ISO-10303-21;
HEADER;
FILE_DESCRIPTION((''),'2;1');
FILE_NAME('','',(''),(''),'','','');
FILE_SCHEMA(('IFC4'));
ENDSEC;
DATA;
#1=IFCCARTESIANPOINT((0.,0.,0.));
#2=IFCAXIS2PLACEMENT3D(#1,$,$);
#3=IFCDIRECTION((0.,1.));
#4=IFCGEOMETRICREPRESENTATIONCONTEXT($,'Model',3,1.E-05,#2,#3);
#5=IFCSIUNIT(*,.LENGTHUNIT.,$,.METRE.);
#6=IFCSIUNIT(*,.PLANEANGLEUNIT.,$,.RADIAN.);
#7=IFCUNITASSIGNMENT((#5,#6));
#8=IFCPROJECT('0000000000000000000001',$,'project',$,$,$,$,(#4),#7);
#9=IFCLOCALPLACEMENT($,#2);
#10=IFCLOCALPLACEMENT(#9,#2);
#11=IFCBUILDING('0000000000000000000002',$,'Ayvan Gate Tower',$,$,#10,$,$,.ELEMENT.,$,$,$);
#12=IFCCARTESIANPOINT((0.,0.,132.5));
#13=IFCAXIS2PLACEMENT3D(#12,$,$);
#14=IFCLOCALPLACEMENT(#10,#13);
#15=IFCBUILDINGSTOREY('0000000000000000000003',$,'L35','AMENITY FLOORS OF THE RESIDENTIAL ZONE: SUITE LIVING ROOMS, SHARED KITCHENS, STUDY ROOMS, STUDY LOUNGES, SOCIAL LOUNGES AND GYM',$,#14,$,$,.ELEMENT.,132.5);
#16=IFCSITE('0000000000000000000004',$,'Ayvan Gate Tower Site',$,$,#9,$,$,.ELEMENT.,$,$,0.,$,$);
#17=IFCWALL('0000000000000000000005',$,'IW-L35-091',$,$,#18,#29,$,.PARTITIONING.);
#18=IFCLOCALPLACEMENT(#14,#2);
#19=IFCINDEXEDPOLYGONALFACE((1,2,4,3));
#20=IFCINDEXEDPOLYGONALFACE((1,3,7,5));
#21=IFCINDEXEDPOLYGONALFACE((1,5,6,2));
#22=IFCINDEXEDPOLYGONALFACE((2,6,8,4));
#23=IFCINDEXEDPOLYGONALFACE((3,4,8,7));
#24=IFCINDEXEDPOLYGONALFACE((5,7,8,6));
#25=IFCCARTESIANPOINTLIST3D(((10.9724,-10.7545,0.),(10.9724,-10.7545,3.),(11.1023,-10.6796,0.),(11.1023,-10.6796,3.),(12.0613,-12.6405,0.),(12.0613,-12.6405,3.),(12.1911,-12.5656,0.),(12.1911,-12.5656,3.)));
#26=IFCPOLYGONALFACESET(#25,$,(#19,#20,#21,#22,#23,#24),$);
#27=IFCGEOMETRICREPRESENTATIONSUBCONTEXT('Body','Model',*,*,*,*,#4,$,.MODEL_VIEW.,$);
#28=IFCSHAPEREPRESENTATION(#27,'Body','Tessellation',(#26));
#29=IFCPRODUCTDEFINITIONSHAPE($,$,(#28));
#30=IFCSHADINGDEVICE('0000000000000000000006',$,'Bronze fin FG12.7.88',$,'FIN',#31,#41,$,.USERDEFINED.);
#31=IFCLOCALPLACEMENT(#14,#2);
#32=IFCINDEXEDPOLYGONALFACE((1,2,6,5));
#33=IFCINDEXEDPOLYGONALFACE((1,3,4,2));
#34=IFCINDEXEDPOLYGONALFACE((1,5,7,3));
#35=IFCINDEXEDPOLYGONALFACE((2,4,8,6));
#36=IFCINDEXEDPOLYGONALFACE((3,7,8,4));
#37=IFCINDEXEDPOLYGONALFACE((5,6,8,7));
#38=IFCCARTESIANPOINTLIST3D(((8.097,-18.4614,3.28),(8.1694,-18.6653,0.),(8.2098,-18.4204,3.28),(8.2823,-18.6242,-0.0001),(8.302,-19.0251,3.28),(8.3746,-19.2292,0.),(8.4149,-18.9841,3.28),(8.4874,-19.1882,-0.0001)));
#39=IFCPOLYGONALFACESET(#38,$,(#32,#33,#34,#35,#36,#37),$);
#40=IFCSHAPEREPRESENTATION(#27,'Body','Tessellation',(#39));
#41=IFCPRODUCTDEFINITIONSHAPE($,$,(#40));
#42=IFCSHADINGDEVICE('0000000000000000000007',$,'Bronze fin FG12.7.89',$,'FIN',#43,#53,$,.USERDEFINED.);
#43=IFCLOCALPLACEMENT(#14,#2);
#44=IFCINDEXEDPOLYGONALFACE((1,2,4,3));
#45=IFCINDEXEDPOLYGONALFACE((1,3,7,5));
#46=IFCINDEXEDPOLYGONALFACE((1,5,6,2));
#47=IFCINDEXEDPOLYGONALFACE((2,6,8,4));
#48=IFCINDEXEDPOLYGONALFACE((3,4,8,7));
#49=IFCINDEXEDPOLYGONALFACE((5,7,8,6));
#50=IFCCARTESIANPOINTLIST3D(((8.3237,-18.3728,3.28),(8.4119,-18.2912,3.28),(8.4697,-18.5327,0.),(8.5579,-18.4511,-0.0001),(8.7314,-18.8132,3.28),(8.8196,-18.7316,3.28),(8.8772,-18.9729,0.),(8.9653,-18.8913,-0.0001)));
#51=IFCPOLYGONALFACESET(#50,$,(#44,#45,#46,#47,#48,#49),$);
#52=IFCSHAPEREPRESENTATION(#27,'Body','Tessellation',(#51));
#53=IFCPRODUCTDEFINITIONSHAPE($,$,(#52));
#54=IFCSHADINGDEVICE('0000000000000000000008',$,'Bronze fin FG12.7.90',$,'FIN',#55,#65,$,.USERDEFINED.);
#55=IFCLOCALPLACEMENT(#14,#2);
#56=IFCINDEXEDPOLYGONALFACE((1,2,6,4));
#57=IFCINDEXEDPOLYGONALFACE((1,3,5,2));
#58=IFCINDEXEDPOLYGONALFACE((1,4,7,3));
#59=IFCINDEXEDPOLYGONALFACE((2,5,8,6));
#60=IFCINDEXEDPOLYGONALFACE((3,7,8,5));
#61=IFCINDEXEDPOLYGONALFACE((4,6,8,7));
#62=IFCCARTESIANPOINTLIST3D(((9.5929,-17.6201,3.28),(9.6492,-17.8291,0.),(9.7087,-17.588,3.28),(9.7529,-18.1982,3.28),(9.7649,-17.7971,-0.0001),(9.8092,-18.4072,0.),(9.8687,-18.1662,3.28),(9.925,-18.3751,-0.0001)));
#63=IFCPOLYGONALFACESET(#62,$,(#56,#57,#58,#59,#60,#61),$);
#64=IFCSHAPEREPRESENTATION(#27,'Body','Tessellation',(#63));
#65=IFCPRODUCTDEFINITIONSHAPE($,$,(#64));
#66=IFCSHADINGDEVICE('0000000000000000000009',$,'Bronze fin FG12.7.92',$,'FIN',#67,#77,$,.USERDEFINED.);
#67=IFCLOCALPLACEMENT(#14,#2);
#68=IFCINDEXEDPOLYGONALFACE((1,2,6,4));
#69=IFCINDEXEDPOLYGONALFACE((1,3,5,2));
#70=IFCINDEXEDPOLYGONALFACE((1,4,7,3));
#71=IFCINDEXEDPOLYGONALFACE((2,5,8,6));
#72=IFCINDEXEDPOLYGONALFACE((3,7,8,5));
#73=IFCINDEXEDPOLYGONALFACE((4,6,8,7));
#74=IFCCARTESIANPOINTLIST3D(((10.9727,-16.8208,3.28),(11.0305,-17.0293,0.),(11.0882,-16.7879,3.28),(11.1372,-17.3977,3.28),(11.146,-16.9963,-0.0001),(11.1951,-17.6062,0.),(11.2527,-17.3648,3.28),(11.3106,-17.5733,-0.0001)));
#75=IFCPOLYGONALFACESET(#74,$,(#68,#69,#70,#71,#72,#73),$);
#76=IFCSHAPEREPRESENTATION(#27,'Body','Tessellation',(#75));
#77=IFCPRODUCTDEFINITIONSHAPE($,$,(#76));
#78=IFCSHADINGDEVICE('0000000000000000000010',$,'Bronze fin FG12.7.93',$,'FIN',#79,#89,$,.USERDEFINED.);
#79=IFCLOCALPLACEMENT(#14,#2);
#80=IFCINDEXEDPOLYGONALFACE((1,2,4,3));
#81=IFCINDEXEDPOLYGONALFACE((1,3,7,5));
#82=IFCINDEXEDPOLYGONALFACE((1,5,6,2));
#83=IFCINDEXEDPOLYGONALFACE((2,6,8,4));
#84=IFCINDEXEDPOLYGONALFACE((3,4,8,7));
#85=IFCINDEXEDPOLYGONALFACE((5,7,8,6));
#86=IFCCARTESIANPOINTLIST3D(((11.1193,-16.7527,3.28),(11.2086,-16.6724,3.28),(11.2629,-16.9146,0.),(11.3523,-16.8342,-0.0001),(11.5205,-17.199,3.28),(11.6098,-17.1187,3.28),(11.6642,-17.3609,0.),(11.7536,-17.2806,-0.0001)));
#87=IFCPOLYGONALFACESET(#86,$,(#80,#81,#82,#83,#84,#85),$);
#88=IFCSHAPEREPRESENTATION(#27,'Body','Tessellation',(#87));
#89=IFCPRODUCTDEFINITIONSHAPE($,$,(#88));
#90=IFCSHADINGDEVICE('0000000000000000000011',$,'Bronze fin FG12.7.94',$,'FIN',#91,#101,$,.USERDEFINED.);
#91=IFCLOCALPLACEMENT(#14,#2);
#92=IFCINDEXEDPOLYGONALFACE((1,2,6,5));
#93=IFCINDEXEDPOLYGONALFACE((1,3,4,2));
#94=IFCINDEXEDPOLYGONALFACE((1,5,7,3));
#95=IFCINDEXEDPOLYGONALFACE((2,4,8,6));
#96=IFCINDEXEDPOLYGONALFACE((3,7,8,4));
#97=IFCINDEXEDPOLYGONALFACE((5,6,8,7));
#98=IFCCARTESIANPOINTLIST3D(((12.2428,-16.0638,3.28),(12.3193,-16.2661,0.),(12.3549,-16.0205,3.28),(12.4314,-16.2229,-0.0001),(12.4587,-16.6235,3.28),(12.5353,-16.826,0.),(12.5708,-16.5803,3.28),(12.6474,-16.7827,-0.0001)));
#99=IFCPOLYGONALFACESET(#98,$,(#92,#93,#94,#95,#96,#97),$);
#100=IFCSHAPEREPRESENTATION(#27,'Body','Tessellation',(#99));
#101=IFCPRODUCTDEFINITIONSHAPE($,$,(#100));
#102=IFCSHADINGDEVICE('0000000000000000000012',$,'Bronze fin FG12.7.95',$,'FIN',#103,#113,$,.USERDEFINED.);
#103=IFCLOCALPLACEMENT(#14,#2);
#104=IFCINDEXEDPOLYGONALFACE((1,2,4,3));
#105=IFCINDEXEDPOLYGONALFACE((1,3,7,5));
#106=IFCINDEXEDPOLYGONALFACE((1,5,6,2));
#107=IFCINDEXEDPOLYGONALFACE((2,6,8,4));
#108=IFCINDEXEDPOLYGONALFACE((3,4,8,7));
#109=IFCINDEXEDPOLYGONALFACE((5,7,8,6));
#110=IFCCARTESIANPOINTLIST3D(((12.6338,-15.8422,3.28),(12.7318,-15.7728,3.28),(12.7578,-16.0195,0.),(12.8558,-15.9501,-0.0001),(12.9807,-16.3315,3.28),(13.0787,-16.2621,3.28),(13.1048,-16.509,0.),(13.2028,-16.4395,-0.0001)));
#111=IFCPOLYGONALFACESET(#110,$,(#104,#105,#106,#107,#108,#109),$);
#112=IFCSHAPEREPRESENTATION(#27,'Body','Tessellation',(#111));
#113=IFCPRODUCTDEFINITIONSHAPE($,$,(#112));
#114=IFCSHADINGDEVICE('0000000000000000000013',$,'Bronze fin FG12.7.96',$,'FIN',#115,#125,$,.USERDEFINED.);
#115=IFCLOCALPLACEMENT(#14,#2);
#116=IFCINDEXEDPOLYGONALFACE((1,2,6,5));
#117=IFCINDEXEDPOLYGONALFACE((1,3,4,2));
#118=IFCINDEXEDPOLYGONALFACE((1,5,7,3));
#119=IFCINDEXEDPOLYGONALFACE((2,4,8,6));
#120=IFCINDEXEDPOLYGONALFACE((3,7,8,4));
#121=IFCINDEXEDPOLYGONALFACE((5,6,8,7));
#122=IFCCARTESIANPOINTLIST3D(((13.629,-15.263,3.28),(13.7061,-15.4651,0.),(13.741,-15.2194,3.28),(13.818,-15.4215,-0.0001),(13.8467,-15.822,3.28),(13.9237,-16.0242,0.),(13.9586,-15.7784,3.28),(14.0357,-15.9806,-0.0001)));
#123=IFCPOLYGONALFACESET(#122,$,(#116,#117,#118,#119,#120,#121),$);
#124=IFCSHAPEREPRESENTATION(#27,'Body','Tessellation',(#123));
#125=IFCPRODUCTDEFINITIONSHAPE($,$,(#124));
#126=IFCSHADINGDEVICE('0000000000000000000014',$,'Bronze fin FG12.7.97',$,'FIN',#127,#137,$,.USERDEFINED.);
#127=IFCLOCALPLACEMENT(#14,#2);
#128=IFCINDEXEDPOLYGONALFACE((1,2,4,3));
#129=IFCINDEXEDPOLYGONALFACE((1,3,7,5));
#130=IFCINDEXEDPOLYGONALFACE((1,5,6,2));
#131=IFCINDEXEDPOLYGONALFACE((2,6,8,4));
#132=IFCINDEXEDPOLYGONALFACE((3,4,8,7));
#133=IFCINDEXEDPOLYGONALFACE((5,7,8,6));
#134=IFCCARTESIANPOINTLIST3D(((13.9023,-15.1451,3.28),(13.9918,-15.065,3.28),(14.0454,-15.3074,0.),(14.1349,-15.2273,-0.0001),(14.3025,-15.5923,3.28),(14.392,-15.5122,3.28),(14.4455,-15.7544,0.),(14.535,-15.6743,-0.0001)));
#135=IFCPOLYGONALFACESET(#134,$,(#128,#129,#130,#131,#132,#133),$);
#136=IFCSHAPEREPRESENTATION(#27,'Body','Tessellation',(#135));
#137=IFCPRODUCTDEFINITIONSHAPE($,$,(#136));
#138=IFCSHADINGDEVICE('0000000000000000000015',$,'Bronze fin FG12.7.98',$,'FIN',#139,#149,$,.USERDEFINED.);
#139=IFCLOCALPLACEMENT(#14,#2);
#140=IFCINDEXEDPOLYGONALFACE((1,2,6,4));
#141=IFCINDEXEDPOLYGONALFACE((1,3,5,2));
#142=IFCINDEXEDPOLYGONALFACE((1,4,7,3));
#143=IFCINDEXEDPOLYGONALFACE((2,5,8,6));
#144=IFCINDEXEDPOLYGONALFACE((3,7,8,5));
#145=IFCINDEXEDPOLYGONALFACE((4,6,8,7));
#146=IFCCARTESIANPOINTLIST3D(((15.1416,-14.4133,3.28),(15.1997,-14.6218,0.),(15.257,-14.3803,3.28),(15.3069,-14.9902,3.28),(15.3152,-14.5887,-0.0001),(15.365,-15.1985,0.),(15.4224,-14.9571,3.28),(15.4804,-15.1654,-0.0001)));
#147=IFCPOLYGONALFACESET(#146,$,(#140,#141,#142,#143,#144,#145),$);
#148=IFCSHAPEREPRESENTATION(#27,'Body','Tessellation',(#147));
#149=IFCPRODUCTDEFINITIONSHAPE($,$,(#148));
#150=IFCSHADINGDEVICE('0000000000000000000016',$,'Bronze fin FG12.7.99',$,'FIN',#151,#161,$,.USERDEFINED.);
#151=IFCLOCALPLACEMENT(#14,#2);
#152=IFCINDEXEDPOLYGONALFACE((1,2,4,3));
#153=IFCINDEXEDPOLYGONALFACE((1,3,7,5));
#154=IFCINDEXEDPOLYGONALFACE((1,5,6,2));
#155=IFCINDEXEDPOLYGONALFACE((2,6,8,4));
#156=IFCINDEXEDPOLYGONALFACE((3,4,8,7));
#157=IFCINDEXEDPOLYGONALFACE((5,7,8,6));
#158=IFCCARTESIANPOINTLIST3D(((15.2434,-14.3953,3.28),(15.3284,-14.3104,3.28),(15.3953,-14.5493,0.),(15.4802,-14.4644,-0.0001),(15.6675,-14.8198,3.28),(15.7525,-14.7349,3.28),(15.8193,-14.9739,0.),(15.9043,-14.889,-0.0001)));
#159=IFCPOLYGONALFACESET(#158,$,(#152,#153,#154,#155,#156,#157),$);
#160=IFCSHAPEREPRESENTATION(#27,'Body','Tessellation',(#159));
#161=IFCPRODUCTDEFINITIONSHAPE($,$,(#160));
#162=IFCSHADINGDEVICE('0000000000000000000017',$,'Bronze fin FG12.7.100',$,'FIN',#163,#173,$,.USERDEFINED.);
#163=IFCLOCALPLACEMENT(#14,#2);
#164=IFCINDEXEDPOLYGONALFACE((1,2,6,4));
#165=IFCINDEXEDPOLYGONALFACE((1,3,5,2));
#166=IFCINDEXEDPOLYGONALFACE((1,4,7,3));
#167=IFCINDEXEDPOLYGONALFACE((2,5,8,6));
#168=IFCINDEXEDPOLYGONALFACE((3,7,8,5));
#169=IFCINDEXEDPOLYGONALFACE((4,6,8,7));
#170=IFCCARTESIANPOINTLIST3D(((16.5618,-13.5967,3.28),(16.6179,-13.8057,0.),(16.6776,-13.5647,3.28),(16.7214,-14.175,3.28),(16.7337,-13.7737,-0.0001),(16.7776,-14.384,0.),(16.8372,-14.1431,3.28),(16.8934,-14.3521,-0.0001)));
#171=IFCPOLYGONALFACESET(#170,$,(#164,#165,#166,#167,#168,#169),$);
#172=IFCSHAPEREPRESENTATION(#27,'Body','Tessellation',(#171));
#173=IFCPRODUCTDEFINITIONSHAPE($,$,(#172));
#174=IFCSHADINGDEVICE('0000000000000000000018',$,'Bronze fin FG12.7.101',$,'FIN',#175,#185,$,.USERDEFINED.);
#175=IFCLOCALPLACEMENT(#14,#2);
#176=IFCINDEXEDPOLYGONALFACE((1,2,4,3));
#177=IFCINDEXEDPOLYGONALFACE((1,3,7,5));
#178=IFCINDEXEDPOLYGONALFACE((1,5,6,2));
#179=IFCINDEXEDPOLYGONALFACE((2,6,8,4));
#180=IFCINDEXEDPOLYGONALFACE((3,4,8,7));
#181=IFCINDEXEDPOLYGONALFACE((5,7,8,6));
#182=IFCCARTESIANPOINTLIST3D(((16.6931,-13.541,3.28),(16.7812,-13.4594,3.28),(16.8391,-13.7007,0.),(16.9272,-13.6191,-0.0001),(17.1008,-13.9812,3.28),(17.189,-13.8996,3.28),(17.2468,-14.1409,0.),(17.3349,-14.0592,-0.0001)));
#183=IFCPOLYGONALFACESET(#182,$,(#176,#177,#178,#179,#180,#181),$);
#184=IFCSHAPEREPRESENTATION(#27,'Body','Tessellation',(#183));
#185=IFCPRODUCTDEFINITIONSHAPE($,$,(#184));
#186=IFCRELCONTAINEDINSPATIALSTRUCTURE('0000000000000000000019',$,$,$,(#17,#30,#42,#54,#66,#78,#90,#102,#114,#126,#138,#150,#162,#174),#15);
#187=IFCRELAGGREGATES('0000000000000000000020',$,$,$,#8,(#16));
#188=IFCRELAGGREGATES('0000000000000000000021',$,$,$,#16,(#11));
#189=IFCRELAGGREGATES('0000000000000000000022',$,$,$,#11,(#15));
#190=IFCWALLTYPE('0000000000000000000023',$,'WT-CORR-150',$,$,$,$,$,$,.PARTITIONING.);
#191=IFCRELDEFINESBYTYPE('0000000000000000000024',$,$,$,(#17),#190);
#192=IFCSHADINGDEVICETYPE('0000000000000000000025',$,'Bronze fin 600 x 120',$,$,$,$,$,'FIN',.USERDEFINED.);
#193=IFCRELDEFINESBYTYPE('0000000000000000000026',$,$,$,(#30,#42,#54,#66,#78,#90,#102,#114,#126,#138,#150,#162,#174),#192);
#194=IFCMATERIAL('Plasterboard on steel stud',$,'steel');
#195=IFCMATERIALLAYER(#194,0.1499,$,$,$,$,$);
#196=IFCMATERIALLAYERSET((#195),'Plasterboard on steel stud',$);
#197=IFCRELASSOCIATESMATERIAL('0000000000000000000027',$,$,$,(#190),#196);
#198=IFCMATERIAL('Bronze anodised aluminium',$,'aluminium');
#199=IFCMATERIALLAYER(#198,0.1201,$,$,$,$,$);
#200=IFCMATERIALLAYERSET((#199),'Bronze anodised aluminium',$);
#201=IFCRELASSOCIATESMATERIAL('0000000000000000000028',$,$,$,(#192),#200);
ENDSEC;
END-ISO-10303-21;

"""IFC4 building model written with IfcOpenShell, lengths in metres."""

from ifc_helpers import new_model, si_unit, direction, frame, frame_2d, origin, place, context, subcontext, project, spatial, polyline, rectangle, outline, extrude, material, layer, layer_set, type_object, element, save


model = new_model("IFC4")

# Units and contexts
model_context = context("Model", 3, precision=1e-05, world=origin(), true_north=direction((0.0, 1.0)))
body_context = subcontext(model_context, "Body", "Model", "MODEL_VIEW")
ifc_project = project(units=[si_unit("LENGTHUNIT", "METRE"), si_unit("PLANEANGLEUNIT", "RADIAN")], contexts=[model_context])

# Site, building, storey
site_placement = place(None, origin())
site = spatial("IfcSite", under=ifc_project, at=site_placement, Name="Ayvan Gate Tower Site", CompositionType="ELEMENT", RefElevation=0.0)
building_placement = place(site_placement, origin())
building = spatial("IfcBuilding", under=site, at=building_placement, Name="Ayvan Gate Tower", CompositionType="ELEMENT")
storey_placement = place(building_placement, frame((0.0, 0.0, 132.5)))
storey = spatial("IfcBuildingStorey", under=building, at=storey_placement, Name="L35", Description="AMENITY FLOORS OF THE RESIDENTIAL ZONE: SUITE LIVING ROOMS, SHARED KITCHENS, STUDY ROOMS, STUDY LOUNGES, SOCIAL LOUNGES AND GYM", CompositionType="ELEMENT", Elevation=132.5)

# Shared definitions
ifc_material_1 = material(Name="Bronze anodised aluminium", Category="aluminium")

# Wall
ifc_material_2 = material(Name="Plasterboard on steel stud", Category="steel")
ifc_layer_1 = layer(ifc_material_2, 0.1499)
ifc_layer_set_1 = layer_set([ifc_layer_1], Name="Plasterboard on steel stud")
wall_type = type_object("IfcWallType", Name="WT-CORR-150", PredefinedType="PARTITIONING", material=ifc_layer_set_1)
wall_placement = place(storey_placement, frame((12.1262, -12.603, 0.0), z_axis=(0.0, 0.0, 1.0), x_axis=(-0.499997, 0.866027, 0.0)))
element("IfcWall", 1, at=wall_placement, inside=storey, type_object=wall_type, Name="IW-L35-091", PredefinedType="PARTITIONING", context=body_context, shape_type="SweptSolid", body=[
    extrude(rectangle(XDim=2.1777, YDim=0.1499, at=frame_2d((1.0889, 0.0))), origin(), (0.0, 0.0, 1.0), 3.0),
])

# Shading devices
ifc_layer_2 = layer(ifc_material_1, 0.1201)
ifc_layer_set_2 = layer_set([ifc_layer_2], Name="Bronze anodised aluminium")
shading_device_type = type_object("IfcShadingDeviceType", Name="Bronze fin 600 x 120", ElementType="FIN", PredefinedType="USERDEFINED", material=ifc_layer_set_2)
shading_device_1_placement = place(storey_placement, frame((8.1694, -18.6653, 0.0), z_axis=(-0.93977, -0.341808, 0.000482), x_axis=(0.341808, -0.93977, 0.0)))
element("IfcShadingDevice", 2, at=shading_device_1_placement, inside=storey, type_object=shading_device_type, Name="Bronze fin FG12.7.88", ObjectType="FIN", PredefinedType="USERDEFINED", context=body_context, shape_type="SweptSolid", body=[
    extrude(outline(polyline([(0.0, 0.0), (0.6001, 0.0), (0.3835, 3.28), (-0.2164, 3.28), (0.0, 0.0)])), origin(), (0.0, 0.0, -1.0), 0.1201),
])
shading_device_2_placement = place(storey_placement, frame((8.4697, -18.5327, 0.0), z_axis=(-0.733843, -0.679319, 0.000457), x_axis=(0.679319, -0.733843, 0.0)))
element("IfcShadingDevice", 3, at=shading_device_2_placement, inside=storey, type_object=shading_device_type, Name="Bronze fin FG12.7.89", ObjectType="FIN", PredefinedType="USERDEFINED", context=body_context, shape_type="SweptSolid", body=[
    extrude(outline(polyline([(0.0, 0.0), (0.5998, 0.0), (0.3836, 3.28), (-0.2165, 3.28), (0.0, 0.0)])), origin(), (0.0, 0.0, -1.0), 0.1201),
])
shading_device_3_placement = place(storey_placement, frame((9.6492, -17.8291, 0.0), z_axis=(-0.963756, -0.266783, 0.000463), x_axis=(0.266783, -0.963757, 0.0)))
element("IfcShadingDevice", 4, at=shading_device_3_placement, inside=storey, type_object=shading_device_type, Name="Bronze fin FG12.7.90", ObjectType="FIN", PredefinedType="USERDEFINED", context=body_context, shape_type="SweptSolid", body=[
    extrude(outline(polyline([(0.0, 0.0), (0.5998, 0.0), (0.3834, 3.28), (-0.2165, 3.28), (0.0, 0.0)])), origin(), (0.0, 0.0, -1.0), 0.1201),
])
shading_device_4_placement = place(storey_placement, frame((11.0305, -17.0293, 0.0), z_axis=(-0.961647, -0.274291, 0.000471), x_axis=(0.274291, -0.961647, 0.0)))
element("IfcShadingDevice", 5, at=shading_device_4_placement, inside=storey, type_object=shading_device_type, Name="Bronze fin FG12.7.92", ObjectType="FIN", PredefinedType="USERDEFINED", context=body_context, shape_type="SweptSolid", body=[
    extrude(outline(polyline([(0.0, 0.0), (0.5999, 0.0), (0.3835, 3.28), (-0.2164, 3.28), (0.0, 0.0)])), origin(), (0.0, 0.0, -1.0), 0.1201),
])
shading_device_5_placement = place(storey_placement, frame((11.2629, -16.9146, 0.0), z_axis=(-0.743638, -0.668583, 0.00042), x_axis=(0.668583, -0.743638, 0.0)))
element("IfcShadingDevice", 6, at=shading_device_5_placement, inside=storey, type_object=shading_device_type, Name="Bronze fin FG12.7.93", ObjectType="FIN", PredefinedType="USERDEFINED", context=body_context, shape_type="SweptSolid", body=[
    extrude(outline(polyline([(0.0, 0.0), (0.6002, 0.0), (0.3837, 3.28), (-0.2163, 3.28), (0.0, 0.0)])), origin(), (0.0, 0.0, -1.0), 0.1201),
])
shading_device_6_placement = place(storey_placement, frame((12.3193, -16.2661, 0.0), z_axis=(-0.932994, -0.359892, 0.000436), x_axis=(0.359892, -0.932994, 0.0)))
element("IfcShadingDevice", 7, at=shading_device_6_placement, inside=storey, type_object=shading_device_type, Name="Bronze fin FG12.7.94", ObjectType="FIN", PredefinedType="USERDEFINED", context=body_context, shape_type="SweptSolid", body=[
    extrude(outline(polyline([(0.0, 0.0), (0.6001, 0.0), (0.3836, 3.28), (-0.2163, 3.28), (0.0, 0.0)])), origin(), (0.0, 0.0, -1.0), 0.1201),
])
shading_device_7_placement = place(storey_placement, frame((12.7578, -16.0195, 0.0), z_axis=(-0.815804, -0.578328, 0.000426), x_axis=(0.578328, -0.815804, 0.0)))
element("IfcShadingDevice", 8, at=shading_device_7_placement, inside=storey, type_object=shading_device_type, Name="Bronze fin FG12.7.95", ObjectType="FIN", PredefinedType="USERDEFINED", context=body_context, shape_type="SweptSolid", body=[
    extrude(outline(polyline([(0.0, 0.0), (0.6, 0.0), (0.3834, 3.28), (-0.2163, 3.28), (0.0, 0.0)])), origin(), (0.0, 0.0, -1.0), 0.1201),
])
shading_device_8_placement = place(storey_placement, frame((13.7061, -15.4651, 0.0), z_axis=(-0.931875, -0.36278, 0.000475), x_axis=(0.36278, -0.931875, 0.0)))
element("IfcShadingDevice", 9, at=shading_device_8_placement, inside=storey, type_object=shading_device_type, Name="Bronze fin FG12.7.96", ObjectType="FIN", PredefinedType="USERDEFINED", context=body_context, shape_type="SweptSolid", body=[
    extrude(outline(polyline([(0.0, 0.0), (0.6, 0.0), (0.3836, 3.28), (-0.2163, 3.28), (0.0, 0.0)])), origin(), (0.0, 0.0, -1.0), 0.1201),
])
shading_device_9_placement = place(storey_placement, frame((14.0454, -15.3074, 0.0), z_axis=(-0.745183, -0.66686, 0.00048), x_axis=(0.66686, -0.745183, 0.0)))
element("IfcShadingDevice", 10, at=shading_device_9_placement, inside=storey, type_object=shading_device_type, Name="Bronze fin FG12.7.97", ObjectType="FIN", PredefinedType="USERDEFINED", context=body_context, shape_type="SweptSolid", body=[
    extrude(outline(polyline([(0.0, 0.0), (0.6, 0.0), (0.3837, 3.28), (-0.2164, 3.28), (0.0, 0.0)])), origin(), (0.0, 0.0, -1.0), 0.1201),
])
shading_device_10_placement = place(storey_placement, frame((15.1997, -14.6218, 0.0), z_axis=(-0.961309, -0.275473, 0.000471), x_axis=(0.275473, -0.961309, 0.0)))
element("IfcShadingDevice", 11, at=shading_device_10_placement, inside=storey, type_object=shading_device_type, Name="Bronze fin FG12.7.98", ObjectType="FIN", PredefinedType="USERDEFINED", context=body_context, shape_type="SweptSolid", body=[
    extrude(outline(polyline([(0.0, 0.0), (0.5999, 0.0), (0.3837, 3.28), (-0.2164, 3.28), (0.0, 0.0)])), origin(), (0.0, 0.0, -1.0), 0.1201),
])
shading_device_11_placement = place(storey_placement, frame((15.3953, -14.5493, 0.0), z_axis=(-0.707513, -0.7067, 0.000436), x_axis=(0.7067, -0.707514, 0.0)))
element("IfcShadingDevice", 12, at=shading_device_11_placement, inside=storey, type_object=shading_device_type, Name="Bronze fin FG12.7.99", ObjectType="FIN", PredefinedType="USERDEFINED", context=body_context, shape_type="SweptSolid", body=[
    extrude(outline(polyline([(0.0, 0.0), (0.6001, 0.0), (0.3838, 3.28), (-0.2163, 3.28), (0.0, 0.0)])), origin(), (0.0, 0.0, -1.0), 0.1201),
])
shading_device_12_placement = place(storey_placement, frame((16.6179, -13.8057, 0.0), z_axis=(-0.963942, -0.266112, 0.000453), x_axis=(0.266112, -0.963942, 0.0)))
element("IfcShadingDevice", 13, at=shading_device_12_placement, inside=storey, type_object=shading_device_type, Name="Bronze fin FG12.7.100", ObjectType="FIN", PredefinedType="USERDEFINED", context=body_context, shape_type="SweptSolid", body=[
    extrude(outline(polyline([(0.0, 0.0), (0.6, 0.0), (0.3836, 3.28), (-0.2164, 3.28), (0.0, 0.0)])), origin(), (0.0, 0.0, -1.0), 0.1201),
])
shading_device_13_placement = place(storey_placement, frame((16.8391, -13.7007, 0.0), z_axis=(-0.733648, -0.67953, 0.000424), x_axis=(0.67953, -0.733648, 0.0)))
element("IfcShadingDevice", 14, at=shading_device_13_placement, inside=storey, type_object=shading_device_type, Name="Bronze fin FG12.7.101", ObjectType="FIN", PredefinedType="USERDEFINED", context=body_context, shape_type="SweptSolid", body=[
    extrude(outline(polyline([(0.0, 0.0), (0.6, 0.0), (0.3836, 3.28), (-0.2163, 3.28), (0.0, 0.0)])), origin(), (0.0, 0.0, -1.0), 0.1201),
])

save(model, "model.ifc")
